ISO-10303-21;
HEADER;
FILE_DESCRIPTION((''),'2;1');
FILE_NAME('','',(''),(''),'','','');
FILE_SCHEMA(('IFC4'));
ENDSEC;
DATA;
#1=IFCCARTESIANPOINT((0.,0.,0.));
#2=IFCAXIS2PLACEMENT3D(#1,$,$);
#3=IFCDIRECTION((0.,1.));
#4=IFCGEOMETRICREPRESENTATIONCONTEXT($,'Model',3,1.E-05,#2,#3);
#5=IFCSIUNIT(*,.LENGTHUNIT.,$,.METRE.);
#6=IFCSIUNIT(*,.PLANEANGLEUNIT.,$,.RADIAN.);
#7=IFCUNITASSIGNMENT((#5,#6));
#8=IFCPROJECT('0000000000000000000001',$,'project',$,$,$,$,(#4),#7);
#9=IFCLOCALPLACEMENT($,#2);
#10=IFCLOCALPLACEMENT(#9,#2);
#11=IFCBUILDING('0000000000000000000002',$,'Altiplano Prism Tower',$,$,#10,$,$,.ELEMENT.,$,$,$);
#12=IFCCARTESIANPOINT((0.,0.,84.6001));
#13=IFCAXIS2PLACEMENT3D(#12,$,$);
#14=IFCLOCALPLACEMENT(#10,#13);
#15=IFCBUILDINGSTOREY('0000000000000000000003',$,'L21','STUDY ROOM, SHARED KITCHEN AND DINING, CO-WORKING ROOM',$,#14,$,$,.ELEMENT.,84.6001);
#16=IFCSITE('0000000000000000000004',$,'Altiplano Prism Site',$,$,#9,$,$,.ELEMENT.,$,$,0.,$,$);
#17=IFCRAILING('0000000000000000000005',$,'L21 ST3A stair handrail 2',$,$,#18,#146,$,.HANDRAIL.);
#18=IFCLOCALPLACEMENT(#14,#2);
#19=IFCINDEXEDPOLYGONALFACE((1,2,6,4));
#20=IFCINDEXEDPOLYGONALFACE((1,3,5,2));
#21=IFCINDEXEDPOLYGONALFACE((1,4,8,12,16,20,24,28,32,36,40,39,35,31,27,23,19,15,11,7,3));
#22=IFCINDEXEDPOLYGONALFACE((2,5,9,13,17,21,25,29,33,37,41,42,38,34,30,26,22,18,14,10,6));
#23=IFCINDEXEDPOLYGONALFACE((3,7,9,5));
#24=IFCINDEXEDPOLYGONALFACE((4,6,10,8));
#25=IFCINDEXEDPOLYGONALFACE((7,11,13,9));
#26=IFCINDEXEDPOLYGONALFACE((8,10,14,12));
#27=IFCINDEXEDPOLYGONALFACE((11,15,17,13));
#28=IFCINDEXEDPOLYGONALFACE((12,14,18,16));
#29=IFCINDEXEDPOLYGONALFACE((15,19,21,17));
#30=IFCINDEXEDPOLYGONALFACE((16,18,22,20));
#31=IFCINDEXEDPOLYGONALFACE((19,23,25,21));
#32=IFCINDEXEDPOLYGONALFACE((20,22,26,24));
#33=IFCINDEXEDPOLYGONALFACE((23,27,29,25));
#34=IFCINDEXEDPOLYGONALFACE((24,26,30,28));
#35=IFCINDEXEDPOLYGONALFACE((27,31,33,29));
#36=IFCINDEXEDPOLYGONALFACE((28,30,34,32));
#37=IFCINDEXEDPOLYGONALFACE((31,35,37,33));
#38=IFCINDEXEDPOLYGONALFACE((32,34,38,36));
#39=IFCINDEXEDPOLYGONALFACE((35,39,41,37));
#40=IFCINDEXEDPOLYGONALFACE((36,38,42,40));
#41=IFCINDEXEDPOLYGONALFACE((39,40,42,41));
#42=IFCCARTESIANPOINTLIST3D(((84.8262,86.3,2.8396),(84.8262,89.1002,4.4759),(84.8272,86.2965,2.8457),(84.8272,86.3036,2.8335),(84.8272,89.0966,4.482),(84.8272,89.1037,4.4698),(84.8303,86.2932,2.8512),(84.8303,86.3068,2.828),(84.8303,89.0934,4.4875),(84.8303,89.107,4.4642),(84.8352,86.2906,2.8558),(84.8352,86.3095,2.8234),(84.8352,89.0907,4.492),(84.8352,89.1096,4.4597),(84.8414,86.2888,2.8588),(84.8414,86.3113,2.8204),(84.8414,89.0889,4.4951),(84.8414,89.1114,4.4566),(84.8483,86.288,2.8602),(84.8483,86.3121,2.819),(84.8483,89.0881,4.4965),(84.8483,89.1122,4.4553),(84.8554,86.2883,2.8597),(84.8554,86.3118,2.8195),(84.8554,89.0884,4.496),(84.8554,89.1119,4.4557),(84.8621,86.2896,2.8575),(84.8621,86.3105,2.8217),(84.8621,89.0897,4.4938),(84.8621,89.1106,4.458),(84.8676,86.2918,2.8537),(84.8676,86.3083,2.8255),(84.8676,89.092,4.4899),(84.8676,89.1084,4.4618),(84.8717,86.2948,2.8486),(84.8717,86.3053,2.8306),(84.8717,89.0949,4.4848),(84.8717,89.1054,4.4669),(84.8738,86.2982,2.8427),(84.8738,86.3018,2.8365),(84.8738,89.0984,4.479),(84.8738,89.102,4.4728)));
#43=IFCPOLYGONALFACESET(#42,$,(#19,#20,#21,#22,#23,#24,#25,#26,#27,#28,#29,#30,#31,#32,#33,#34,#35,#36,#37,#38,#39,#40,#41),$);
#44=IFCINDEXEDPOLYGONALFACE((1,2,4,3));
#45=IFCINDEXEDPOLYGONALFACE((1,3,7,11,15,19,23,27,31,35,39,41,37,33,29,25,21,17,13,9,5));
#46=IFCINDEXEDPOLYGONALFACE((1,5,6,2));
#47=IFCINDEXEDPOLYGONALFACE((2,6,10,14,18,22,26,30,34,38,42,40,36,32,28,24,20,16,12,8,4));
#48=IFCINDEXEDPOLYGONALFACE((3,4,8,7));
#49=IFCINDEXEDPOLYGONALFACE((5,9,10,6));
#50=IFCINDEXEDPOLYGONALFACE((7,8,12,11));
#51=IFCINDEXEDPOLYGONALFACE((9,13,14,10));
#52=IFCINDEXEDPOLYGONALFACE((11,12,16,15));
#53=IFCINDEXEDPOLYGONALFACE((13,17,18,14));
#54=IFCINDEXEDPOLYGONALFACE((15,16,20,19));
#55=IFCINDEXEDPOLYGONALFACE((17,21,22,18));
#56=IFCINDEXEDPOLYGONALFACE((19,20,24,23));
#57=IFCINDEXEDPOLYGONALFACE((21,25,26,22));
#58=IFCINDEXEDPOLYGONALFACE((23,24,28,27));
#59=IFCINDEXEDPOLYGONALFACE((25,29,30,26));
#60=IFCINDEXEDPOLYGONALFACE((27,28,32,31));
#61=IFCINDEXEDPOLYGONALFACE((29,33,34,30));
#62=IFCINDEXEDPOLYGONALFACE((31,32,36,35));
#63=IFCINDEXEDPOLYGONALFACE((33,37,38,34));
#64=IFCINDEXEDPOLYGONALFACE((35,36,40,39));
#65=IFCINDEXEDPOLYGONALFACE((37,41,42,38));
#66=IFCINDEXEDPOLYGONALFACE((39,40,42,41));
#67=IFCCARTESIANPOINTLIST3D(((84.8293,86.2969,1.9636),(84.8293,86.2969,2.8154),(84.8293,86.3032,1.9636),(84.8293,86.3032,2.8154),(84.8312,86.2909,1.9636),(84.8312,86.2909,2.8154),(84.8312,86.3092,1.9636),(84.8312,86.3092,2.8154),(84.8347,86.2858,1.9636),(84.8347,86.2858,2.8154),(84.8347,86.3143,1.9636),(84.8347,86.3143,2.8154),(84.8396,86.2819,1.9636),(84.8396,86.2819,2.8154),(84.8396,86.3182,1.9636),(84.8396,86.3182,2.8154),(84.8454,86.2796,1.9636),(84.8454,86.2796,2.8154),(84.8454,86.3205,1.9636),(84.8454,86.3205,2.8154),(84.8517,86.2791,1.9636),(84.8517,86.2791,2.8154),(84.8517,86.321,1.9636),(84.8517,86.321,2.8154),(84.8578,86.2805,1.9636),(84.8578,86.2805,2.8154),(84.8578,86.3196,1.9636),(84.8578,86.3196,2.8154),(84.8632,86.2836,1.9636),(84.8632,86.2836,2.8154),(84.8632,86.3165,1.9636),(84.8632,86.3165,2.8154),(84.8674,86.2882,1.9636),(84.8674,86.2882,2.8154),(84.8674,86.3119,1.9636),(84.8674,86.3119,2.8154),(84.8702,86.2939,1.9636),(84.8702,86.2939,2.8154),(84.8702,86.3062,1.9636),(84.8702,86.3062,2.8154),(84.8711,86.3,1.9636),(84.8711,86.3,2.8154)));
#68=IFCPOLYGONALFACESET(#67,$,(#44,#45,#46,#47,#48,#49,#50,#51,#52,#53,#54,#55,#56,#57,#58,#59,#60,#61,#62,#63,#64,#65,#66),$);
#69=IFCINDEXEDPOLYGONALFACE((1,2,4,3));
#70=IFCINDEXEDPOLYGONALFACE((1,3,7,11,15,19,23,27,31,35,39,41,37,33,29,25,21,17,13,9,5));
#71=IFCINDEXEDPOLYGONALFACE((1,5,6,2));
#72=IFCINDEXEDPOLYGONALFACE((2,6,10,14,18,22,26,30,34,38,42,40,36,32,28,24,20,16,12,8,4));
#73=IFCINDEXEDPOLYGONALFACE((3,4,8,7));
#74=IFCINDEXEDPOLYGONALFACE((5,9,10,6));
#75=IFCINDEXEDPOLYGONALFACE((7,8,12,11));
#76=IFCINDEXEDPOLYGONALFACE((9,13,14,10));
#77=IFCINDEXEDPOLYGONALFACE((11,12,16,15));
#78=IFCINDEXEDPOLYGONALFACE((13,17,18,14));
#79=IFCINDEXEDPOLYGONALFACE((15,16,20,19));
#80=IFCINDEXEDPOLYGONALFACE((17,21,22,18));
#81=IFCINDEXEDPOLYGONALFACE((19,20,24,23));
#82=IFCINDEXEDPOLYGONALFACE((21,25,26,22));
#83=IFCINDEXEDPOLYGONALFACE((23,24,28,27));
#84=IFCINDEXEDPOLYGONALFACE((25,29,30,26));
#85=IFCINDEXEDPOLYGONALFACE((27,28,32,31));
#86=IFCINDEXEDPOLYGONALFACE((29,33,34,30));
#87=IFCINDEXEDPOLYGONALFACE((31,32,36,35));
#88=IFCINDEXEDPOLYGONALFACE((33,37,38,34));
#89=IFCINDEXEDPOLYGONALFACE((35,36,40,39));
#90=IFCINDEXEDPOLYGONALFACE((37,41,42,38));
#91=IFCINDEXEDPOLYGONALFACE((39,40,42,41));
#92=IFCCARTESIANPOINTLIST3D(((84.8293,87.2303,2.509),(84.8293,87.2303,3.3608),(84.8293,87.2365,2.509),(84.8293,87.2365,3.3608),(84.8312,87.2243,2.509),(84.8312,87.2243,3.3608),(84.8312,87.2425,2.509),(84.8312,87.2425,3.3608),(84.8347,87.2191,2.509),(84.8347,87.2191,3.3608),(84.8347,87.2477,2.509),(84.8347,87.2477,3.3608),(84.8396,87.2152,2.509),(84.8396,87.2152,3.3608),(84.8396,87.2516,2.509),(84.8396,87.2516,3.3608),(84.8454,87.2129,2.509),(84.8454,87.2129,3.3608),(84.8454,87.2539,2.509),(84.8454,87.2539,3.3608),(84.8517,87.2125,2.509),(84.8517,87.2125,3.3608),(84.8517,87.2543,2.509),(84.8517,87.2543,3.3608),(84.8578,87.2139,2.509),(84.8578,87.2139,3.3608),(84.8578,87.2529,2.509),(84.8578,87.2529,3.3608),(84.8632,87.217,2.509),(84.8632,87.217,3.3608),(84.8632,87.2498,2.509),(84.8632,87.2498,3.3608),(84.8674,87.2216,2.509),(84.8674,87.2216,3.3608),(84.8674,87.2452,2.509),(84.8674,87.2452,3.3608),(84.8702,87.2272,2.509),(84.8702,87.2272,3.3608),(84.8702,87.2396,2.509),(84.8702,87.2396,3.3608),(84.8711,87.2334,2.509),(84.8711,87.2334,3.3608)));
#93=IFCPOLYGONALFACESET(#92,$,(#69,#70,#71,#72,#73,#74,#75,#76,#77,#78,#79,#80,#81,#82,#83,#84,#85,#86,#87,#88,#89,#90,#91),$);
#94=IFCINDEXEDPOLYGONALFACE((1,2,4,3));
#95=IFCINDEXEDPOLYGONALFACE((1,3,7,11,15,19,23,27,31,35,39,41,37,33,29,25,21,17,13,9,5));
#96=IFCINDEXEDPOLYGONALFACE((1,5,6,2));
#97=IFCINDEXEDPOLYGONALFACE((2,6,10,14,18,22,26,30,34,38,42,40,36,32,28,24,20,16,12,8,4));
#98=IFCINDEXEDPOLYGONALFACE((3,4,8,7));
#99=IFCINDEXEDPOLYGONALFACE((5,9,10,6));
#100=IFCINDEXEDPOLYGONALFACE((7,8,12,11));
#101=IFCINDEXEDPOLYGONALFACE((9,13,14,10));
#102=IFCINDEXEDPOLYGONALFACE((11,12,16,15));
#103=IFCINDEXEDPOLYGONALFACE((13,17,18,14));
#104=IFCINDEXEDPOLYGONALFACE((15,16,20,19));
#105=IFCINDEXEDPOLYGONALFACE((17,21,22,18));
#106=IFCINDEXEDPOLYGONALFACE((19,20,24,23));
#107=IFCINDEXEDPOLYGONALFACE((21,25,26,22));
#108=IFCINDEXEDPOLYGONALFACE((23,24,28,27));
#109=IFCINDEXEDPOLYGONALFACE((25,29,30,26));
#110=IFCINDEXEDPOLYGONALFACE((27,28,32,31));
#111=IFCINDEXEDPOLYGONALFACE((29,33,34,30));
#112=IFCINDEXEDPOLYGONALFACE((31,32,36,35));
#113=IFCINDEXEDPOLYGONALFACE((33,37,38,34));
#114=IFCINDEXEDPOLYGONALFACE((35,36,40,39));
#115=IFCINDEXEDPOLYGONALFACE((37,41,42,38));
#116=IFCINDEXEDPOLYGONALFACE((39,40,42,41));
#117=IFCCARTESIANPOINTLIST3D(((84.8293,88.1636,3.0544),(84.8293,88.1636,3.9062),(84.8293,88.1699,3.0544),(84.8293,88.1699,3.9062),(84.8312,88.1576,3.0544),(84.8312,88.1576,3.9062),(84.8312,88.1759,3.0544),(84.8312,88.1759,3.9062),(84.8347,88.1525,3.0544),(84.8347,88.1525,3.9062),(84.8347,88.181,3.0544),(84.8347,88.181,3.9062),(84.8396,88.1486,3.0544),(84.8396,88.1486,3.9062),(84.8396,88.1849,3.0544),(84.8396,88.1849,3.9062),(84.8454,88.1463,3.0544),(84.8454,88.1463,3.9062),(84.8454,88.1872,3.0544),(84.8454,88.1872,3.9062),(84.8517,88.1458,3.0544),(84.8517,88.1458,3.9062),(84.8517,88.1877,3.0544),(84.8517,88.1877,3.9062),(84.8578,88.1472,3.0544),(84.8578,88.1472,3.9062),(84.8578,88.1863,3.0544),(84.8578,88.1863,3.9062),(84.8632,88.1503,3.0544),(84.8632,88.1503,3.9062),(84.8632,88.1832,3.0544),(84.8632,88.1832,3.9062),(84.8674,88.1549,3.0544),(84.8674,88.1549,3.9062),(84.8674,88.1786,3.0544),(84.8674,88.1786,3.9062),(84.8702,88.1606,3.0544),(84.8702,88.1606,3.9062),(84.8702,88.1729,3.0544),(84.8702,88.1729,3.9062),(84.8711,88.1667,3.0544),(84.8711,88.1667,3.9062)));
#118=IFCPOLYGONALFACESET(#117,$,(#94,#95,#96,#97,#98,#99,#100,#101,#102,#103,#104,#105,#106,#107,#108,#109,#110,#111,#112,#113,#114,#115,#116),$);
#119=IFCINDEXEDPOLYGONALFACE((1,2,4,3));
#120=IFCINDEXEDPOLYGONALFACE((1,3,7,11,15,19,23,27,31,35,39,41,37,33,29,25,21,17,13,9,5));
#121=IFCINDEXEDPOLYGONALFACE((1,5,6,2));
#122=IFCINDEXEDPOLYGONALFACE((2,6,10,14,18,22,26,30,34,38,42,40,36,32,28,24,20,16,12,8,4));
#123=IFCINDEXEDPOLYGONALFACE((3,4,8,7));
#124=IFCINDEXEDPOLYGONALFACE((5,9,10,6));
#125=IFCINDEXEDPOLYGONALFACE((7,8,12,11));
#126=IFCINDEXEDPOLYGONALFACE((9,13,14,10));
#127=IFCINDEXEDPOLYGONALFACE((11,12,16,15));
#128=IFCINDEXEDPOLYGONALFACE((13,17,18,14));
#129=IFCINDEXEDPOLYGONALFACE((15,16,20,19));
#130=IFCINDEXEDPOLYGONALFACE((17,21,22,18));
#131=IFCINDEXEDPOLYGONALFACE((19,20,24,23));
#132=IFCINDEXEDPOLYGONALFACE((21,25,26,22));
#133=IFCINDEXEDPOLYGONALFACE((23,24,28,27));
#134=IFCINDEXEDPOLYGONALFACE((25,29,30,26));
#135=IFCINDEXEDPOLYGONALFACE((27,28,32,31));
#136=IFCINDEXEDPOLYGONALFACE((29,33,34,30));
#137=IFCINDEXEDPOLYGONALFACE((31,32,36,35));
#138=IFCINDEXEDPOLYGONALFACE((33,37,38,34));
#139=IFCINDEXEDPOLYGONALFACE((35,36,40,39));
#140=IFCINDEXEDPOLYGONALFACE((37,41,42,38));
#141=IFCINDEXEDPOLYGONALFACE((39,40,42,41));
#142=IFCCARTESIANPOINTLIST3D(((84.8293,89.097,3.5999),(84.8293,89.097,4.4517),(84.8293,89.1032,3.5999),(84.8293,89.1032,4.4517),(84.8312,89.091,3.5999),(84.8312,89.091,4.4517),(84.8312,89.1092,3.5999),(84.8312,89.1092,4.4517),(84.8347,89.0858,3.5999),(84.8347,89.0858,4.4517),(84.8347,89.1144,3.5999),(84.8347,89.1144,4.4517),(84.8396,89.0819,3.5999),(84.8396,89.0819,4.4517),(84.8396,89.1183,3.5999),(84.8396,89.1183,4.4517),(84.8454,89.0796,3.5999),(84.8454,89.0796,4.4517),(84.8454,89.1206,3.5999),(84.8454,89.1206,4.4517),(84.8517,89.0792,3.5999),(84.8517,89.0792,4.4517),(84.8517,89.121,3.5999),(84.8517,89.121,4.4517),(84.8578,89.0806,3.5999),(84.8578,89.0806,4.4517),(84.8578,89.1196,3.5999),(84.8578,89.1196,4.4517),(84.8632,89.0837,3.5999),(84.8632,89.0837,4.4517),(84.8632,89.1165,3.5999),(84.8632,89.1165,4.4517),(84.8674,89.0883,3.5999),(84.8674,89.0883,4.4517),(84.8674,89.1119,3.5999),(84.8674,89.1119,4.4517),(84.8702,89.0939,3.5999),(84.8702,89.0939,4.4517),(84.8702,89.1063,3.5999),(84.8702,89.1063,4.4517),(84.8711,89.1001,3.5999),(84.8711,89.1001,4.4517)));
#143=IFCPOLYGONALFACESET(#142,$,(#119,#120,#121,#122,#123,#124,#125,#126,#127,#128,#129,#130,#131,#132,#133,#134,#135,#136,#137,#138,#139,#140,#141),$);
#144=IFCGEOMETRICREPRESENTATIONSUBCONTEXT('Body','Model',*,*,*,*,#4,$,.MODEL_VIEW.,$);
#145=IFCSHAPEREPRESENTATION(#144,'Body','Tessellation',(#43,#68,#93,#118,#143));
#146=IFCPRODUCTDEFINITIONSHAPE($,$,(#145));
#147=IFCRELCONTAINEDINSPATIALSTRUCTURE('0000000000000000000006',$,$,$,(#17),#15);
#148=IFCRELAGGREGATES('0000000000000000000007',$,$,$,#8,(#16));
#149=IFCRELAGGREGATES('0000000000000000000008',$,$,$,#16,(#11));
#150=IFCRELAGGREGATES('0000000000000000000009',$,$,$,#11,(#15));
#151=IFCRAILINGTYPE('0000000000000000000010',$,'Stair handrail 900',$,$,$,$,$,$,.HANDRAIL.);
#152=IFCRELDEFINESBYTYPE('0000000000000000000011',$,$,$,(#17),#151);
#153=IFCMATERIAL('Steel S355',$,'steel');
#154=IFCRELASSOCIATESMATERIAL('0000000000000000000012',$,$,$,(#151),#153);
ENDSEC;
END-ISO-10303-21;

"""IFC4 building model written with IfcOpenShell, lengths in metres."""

from ifc_helpers import new_model, si_unit, direction, frame, origin, origin_2d, place, context, subcontext, project, spatial, circle, extrude, material, type_object, element, save


model = new_model("IFC4")

# Units and contexts
model_context = context("Model", 3, precision=1e-05, world=origin(), true_north=direction((0.0, 1.0)))
body_context = subcontext(model_context, "Body", "Model", "MODEL_VIEW")
ifc_project = project(units=[si_unit("LENGTHUNIT", "METRE"), si_unit("PLANEANGLEUNIT", "RADIAN")], contexts=[model_context])

# Site, building, storey
site_placement = place(None, origin())
site = spatial("IfcSite", under=ifc_project, at=site_placement, Name="Altiplano Prism Site", CompositionType="ELEMENT", RefElevation=0.0)
building_placement = place(site_placement, origin())
building = spatial("IfcBuilding", under=site, at=building_placement, Name="Altiplano Prism Tower", CompositionType="ELEMENT")
storey_placement = place(building_placement, frame((0.0, 0.0, 84.6001)))
storey = spatial("IfcBuildingStorey", under=building, at=storey_placement, Name="L21", Description="STUDY ROOM, SHARED KITCHEN AND DINING, CO-WORKING ROOM", CompositionType="ELEMENT", Elevation=84.6001)

# Railing
ifc_material_1 = material(Name="Steel S355", Category="steel")
railing_type = type_object("IfcRailingType", Name="Stair handrail 900", PredefinedType="HANDRAIL", material=ifc_material_1)
for number, where, name in (
    (1, (84.8501, 86.3, 1.9636), "L21 ST3A stair handrail 2"),
):
    element("IfcRailing", number, at=place(storey_placement, frame(where)), inside=storey, type_object=railing_type, Name=name, PredefinedType="HANDRAIL", context=body_context, shape_type="SweptSolid", body=[
        extrude(circle(Radius=0.0239, at=origin_2d()), frame((0.0, 0.0, 0.876), z_axis=(0.0, 0.863394, 0.504531), x_axis=(-1.0, 0.0, 0.0)), (0.0, 0.0, 1.0), 3.2432),
        extrude(circle(Radius=0.021, at=origin_2d()), origin(), (0.0, 0.0, 1.0), 0.8518),
        extrude(circle(Radius=0.021, at=origin_2d()), frame((0.0, 0.9333, 0.5454)), (0.0, 0.0, 1.0), 0.8518),
        extrude(circle(Radius=0.021, at=origin_2d()), frame((0.0, 1.8667, 1.0908)), (0.0, 0.0, 1.0), 0.8518),
        extrude(circle(Radius=0.021, at=origin_2d()), frame((0.0, 2.8, 1.6362)), (0.0, 0.0, 1.0), 0.8518),
    ])

save(model, "model.ifc")
